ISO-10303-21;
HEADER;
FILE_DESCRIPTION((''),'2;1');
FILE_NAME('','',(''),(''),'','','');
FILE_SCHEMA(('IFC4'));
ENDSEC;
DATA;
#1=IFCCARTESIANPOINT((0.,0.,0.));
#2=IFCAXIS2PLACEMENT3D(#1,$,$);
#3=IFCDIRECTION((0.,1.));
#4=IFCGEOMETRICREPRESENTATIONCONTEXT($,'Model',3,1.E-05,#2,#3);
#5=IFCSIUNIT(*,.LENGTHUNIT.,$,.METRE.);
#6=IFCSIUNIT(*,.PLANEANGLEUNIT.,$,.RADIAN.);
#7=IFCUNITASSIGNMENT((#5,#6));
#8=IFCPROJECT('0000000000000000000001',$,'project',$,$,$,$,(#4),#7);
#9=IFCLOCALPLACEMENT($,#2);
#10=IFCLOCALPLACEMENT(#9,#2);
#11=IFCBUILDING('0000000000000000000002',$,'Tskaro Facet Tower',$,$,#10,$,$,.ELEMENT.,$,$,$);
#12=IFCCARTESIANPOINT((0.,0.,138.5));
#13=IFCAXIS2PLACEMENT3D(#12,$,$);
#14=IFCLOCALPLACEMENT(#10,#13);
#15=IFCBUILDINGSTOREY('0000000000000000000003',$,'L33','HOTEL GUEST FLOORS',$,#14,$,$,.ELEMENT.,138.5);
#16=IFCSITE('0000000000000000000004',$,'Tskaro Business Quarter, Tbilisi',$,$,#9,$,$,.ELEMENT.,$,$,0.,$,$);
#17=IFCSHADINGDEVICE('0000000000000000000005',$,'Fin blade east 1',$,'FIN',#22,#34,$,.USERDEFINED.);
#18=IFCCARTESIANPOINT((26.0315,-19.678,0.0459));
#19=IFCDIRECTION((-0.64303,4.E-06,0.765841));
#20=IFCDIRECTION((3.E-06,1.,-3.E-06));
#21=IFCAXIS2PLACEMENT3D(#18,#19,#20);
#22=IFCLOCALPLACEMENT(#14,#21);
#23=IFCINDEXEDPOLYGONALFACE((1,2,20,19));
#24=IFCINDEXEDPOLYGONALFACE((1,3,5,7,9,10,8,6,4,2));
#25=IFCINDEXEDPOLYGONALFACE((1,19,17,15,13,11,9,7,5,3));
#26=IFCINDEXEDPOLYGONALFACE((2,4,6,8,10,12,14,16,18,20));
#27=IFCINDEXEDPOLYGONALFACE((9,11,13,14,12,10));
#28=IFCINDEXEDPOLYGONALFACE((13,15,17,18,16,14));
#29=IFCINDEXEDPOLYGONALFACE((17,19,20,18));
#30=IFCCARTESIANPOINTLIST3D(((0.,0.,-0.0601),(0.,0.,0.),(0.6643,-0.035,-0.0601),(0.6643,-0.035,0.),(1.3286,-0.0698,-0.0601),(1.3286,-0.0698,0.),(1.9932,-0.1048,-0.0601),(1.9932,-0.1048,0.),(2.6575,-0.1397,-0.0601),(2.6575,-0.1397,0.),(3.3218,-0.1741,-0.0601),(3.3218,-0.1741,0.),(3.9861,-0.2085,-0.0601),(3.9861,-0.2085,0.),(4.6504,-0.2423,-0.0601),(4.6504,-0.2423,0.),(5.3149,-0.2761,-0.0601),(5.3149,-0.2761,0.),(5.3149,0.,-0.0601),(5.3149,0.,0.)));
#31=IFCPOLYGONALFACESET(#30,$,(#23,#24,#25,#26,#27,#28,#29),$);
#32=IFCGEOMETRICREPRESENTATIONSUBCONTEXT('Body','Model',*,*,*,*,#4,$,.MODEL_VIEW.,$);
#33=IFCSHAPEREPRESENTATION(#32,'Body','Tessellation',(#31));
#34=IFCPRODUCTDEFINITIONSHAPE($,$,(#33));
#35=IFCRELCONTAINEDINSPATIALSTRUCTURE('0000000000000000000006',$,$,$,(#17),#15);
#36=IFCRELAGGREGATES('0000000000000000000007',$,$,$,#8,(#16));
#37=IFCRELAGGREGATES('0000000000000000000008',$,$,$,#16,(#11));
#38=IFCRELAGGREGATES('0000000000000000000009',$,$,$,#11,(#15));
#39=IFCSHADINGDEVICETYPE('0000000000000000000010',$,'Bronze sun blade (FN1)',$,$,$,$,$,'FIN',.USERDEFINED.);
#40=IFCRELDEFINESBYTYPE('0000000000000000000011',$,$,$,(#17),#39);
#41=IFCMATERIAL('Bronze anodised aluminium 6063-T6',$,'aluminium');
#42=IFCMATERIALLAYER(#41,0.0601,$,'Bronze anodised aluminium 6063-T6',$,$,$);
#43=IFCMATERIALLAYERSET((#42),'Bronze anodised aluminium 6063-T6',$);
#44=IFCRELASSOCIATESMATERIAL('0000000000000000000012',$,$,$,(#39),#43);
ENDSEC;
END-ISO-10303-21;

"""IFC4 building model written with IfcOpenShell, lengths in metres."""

from ifc_helpers import new_model, si_unit, direction, frame, origin, place, context, subcontext, project, spatial, polyline, outline, extrude, material, layer, layer_set, type_object, element, save


model = new_model("IFC4")

# Units and contexts
model_context = context("Model", 3, precision=1e-05, world=origin(), true_north=direction((0.0, 1.0)))
body_context = subcontext(model_context, "Body", "Model", "MODEL_VIEW")
ifc_project = project(units=[si_unit("LENGTHUNIT", "METRE"), si_unit("PLANEANGLEUNIT", "RADIAN")], contexts=[model_context])

# Site, building, storey
site_placement = place(None, origin())
site = spatial("IfcSite", under=ifc_project, at=site_placement, Name="Tskaro Business Quarter, Tbilisi", CompositionType="ELEMENT", RefElevation=0.0)
building_placement = place(site_placement, origin())
building = spatial("IfcBuilding", under=site, at=building_placement, Name="Tskaro Facet Tower", CompositionType="ELEMENT")
storey_placement = place(building_placement, frame((0.0, 0.0, 138.5)))
storey = spatial("IfcBuildingStorey", under=building, at=storey_placement, Name="L33", Description="HOTEL GUEST FLOORS", CompositionType="ELEMENT", Elevation=138.5)

# Shared definitions
ifc_material_1 = material(Name="Bronze anodised aluminium 6063-T6", Category="aluminium")

# Shading device
ifc_layer_1 = layer(ifc_material_1, 0.0601, Name="Bronze anodised aluminium 6063-T6")
ifc_layer_set_1 = layer_set([ifc_layer_1], Name="Bronze anodised aluminium 6063-T6")
shading_device_type = type_object("IfcShadingDeviceType", Name="Bronze sun blade (FN1)", ElementType="FIN", PredefinedType="USERDEFINED", material=ifc_layer_set_1)
shading_device_1_placement = place(storey_placement, frame((26.0315, -19.678, 0.0459), z_axis=(-0.64303, 0.000004, 0.765841), x_axis=(0.000003, 1.0, -0.000003)))
element("IfcShadingDevice", 1, at=shading_device_1_placement, inside=storey, type_object=shading_device_type, Name="Fin blade east 1", ObjectType="FIN", PredefinedType="USERDEFINED", context=body_context, shape_type="SweptSolid", body=[
    extrude(outline(polyline([(0.0, 0.0), (5.3149, 0.0), (5.3149, -0.2761), (4.6504, -0.2423), (3.9861, -0.2085), (3.3218, -0.1741), (2.6575, -0.1397), (1.9932, -0.1048), (1.3286, -0.0698), (0.6643, -0.035), (0.0, 0.0)])), origin(), (0.0, 0.0, -1.0), 0.0601),
])

save(model, "model.ifc")
